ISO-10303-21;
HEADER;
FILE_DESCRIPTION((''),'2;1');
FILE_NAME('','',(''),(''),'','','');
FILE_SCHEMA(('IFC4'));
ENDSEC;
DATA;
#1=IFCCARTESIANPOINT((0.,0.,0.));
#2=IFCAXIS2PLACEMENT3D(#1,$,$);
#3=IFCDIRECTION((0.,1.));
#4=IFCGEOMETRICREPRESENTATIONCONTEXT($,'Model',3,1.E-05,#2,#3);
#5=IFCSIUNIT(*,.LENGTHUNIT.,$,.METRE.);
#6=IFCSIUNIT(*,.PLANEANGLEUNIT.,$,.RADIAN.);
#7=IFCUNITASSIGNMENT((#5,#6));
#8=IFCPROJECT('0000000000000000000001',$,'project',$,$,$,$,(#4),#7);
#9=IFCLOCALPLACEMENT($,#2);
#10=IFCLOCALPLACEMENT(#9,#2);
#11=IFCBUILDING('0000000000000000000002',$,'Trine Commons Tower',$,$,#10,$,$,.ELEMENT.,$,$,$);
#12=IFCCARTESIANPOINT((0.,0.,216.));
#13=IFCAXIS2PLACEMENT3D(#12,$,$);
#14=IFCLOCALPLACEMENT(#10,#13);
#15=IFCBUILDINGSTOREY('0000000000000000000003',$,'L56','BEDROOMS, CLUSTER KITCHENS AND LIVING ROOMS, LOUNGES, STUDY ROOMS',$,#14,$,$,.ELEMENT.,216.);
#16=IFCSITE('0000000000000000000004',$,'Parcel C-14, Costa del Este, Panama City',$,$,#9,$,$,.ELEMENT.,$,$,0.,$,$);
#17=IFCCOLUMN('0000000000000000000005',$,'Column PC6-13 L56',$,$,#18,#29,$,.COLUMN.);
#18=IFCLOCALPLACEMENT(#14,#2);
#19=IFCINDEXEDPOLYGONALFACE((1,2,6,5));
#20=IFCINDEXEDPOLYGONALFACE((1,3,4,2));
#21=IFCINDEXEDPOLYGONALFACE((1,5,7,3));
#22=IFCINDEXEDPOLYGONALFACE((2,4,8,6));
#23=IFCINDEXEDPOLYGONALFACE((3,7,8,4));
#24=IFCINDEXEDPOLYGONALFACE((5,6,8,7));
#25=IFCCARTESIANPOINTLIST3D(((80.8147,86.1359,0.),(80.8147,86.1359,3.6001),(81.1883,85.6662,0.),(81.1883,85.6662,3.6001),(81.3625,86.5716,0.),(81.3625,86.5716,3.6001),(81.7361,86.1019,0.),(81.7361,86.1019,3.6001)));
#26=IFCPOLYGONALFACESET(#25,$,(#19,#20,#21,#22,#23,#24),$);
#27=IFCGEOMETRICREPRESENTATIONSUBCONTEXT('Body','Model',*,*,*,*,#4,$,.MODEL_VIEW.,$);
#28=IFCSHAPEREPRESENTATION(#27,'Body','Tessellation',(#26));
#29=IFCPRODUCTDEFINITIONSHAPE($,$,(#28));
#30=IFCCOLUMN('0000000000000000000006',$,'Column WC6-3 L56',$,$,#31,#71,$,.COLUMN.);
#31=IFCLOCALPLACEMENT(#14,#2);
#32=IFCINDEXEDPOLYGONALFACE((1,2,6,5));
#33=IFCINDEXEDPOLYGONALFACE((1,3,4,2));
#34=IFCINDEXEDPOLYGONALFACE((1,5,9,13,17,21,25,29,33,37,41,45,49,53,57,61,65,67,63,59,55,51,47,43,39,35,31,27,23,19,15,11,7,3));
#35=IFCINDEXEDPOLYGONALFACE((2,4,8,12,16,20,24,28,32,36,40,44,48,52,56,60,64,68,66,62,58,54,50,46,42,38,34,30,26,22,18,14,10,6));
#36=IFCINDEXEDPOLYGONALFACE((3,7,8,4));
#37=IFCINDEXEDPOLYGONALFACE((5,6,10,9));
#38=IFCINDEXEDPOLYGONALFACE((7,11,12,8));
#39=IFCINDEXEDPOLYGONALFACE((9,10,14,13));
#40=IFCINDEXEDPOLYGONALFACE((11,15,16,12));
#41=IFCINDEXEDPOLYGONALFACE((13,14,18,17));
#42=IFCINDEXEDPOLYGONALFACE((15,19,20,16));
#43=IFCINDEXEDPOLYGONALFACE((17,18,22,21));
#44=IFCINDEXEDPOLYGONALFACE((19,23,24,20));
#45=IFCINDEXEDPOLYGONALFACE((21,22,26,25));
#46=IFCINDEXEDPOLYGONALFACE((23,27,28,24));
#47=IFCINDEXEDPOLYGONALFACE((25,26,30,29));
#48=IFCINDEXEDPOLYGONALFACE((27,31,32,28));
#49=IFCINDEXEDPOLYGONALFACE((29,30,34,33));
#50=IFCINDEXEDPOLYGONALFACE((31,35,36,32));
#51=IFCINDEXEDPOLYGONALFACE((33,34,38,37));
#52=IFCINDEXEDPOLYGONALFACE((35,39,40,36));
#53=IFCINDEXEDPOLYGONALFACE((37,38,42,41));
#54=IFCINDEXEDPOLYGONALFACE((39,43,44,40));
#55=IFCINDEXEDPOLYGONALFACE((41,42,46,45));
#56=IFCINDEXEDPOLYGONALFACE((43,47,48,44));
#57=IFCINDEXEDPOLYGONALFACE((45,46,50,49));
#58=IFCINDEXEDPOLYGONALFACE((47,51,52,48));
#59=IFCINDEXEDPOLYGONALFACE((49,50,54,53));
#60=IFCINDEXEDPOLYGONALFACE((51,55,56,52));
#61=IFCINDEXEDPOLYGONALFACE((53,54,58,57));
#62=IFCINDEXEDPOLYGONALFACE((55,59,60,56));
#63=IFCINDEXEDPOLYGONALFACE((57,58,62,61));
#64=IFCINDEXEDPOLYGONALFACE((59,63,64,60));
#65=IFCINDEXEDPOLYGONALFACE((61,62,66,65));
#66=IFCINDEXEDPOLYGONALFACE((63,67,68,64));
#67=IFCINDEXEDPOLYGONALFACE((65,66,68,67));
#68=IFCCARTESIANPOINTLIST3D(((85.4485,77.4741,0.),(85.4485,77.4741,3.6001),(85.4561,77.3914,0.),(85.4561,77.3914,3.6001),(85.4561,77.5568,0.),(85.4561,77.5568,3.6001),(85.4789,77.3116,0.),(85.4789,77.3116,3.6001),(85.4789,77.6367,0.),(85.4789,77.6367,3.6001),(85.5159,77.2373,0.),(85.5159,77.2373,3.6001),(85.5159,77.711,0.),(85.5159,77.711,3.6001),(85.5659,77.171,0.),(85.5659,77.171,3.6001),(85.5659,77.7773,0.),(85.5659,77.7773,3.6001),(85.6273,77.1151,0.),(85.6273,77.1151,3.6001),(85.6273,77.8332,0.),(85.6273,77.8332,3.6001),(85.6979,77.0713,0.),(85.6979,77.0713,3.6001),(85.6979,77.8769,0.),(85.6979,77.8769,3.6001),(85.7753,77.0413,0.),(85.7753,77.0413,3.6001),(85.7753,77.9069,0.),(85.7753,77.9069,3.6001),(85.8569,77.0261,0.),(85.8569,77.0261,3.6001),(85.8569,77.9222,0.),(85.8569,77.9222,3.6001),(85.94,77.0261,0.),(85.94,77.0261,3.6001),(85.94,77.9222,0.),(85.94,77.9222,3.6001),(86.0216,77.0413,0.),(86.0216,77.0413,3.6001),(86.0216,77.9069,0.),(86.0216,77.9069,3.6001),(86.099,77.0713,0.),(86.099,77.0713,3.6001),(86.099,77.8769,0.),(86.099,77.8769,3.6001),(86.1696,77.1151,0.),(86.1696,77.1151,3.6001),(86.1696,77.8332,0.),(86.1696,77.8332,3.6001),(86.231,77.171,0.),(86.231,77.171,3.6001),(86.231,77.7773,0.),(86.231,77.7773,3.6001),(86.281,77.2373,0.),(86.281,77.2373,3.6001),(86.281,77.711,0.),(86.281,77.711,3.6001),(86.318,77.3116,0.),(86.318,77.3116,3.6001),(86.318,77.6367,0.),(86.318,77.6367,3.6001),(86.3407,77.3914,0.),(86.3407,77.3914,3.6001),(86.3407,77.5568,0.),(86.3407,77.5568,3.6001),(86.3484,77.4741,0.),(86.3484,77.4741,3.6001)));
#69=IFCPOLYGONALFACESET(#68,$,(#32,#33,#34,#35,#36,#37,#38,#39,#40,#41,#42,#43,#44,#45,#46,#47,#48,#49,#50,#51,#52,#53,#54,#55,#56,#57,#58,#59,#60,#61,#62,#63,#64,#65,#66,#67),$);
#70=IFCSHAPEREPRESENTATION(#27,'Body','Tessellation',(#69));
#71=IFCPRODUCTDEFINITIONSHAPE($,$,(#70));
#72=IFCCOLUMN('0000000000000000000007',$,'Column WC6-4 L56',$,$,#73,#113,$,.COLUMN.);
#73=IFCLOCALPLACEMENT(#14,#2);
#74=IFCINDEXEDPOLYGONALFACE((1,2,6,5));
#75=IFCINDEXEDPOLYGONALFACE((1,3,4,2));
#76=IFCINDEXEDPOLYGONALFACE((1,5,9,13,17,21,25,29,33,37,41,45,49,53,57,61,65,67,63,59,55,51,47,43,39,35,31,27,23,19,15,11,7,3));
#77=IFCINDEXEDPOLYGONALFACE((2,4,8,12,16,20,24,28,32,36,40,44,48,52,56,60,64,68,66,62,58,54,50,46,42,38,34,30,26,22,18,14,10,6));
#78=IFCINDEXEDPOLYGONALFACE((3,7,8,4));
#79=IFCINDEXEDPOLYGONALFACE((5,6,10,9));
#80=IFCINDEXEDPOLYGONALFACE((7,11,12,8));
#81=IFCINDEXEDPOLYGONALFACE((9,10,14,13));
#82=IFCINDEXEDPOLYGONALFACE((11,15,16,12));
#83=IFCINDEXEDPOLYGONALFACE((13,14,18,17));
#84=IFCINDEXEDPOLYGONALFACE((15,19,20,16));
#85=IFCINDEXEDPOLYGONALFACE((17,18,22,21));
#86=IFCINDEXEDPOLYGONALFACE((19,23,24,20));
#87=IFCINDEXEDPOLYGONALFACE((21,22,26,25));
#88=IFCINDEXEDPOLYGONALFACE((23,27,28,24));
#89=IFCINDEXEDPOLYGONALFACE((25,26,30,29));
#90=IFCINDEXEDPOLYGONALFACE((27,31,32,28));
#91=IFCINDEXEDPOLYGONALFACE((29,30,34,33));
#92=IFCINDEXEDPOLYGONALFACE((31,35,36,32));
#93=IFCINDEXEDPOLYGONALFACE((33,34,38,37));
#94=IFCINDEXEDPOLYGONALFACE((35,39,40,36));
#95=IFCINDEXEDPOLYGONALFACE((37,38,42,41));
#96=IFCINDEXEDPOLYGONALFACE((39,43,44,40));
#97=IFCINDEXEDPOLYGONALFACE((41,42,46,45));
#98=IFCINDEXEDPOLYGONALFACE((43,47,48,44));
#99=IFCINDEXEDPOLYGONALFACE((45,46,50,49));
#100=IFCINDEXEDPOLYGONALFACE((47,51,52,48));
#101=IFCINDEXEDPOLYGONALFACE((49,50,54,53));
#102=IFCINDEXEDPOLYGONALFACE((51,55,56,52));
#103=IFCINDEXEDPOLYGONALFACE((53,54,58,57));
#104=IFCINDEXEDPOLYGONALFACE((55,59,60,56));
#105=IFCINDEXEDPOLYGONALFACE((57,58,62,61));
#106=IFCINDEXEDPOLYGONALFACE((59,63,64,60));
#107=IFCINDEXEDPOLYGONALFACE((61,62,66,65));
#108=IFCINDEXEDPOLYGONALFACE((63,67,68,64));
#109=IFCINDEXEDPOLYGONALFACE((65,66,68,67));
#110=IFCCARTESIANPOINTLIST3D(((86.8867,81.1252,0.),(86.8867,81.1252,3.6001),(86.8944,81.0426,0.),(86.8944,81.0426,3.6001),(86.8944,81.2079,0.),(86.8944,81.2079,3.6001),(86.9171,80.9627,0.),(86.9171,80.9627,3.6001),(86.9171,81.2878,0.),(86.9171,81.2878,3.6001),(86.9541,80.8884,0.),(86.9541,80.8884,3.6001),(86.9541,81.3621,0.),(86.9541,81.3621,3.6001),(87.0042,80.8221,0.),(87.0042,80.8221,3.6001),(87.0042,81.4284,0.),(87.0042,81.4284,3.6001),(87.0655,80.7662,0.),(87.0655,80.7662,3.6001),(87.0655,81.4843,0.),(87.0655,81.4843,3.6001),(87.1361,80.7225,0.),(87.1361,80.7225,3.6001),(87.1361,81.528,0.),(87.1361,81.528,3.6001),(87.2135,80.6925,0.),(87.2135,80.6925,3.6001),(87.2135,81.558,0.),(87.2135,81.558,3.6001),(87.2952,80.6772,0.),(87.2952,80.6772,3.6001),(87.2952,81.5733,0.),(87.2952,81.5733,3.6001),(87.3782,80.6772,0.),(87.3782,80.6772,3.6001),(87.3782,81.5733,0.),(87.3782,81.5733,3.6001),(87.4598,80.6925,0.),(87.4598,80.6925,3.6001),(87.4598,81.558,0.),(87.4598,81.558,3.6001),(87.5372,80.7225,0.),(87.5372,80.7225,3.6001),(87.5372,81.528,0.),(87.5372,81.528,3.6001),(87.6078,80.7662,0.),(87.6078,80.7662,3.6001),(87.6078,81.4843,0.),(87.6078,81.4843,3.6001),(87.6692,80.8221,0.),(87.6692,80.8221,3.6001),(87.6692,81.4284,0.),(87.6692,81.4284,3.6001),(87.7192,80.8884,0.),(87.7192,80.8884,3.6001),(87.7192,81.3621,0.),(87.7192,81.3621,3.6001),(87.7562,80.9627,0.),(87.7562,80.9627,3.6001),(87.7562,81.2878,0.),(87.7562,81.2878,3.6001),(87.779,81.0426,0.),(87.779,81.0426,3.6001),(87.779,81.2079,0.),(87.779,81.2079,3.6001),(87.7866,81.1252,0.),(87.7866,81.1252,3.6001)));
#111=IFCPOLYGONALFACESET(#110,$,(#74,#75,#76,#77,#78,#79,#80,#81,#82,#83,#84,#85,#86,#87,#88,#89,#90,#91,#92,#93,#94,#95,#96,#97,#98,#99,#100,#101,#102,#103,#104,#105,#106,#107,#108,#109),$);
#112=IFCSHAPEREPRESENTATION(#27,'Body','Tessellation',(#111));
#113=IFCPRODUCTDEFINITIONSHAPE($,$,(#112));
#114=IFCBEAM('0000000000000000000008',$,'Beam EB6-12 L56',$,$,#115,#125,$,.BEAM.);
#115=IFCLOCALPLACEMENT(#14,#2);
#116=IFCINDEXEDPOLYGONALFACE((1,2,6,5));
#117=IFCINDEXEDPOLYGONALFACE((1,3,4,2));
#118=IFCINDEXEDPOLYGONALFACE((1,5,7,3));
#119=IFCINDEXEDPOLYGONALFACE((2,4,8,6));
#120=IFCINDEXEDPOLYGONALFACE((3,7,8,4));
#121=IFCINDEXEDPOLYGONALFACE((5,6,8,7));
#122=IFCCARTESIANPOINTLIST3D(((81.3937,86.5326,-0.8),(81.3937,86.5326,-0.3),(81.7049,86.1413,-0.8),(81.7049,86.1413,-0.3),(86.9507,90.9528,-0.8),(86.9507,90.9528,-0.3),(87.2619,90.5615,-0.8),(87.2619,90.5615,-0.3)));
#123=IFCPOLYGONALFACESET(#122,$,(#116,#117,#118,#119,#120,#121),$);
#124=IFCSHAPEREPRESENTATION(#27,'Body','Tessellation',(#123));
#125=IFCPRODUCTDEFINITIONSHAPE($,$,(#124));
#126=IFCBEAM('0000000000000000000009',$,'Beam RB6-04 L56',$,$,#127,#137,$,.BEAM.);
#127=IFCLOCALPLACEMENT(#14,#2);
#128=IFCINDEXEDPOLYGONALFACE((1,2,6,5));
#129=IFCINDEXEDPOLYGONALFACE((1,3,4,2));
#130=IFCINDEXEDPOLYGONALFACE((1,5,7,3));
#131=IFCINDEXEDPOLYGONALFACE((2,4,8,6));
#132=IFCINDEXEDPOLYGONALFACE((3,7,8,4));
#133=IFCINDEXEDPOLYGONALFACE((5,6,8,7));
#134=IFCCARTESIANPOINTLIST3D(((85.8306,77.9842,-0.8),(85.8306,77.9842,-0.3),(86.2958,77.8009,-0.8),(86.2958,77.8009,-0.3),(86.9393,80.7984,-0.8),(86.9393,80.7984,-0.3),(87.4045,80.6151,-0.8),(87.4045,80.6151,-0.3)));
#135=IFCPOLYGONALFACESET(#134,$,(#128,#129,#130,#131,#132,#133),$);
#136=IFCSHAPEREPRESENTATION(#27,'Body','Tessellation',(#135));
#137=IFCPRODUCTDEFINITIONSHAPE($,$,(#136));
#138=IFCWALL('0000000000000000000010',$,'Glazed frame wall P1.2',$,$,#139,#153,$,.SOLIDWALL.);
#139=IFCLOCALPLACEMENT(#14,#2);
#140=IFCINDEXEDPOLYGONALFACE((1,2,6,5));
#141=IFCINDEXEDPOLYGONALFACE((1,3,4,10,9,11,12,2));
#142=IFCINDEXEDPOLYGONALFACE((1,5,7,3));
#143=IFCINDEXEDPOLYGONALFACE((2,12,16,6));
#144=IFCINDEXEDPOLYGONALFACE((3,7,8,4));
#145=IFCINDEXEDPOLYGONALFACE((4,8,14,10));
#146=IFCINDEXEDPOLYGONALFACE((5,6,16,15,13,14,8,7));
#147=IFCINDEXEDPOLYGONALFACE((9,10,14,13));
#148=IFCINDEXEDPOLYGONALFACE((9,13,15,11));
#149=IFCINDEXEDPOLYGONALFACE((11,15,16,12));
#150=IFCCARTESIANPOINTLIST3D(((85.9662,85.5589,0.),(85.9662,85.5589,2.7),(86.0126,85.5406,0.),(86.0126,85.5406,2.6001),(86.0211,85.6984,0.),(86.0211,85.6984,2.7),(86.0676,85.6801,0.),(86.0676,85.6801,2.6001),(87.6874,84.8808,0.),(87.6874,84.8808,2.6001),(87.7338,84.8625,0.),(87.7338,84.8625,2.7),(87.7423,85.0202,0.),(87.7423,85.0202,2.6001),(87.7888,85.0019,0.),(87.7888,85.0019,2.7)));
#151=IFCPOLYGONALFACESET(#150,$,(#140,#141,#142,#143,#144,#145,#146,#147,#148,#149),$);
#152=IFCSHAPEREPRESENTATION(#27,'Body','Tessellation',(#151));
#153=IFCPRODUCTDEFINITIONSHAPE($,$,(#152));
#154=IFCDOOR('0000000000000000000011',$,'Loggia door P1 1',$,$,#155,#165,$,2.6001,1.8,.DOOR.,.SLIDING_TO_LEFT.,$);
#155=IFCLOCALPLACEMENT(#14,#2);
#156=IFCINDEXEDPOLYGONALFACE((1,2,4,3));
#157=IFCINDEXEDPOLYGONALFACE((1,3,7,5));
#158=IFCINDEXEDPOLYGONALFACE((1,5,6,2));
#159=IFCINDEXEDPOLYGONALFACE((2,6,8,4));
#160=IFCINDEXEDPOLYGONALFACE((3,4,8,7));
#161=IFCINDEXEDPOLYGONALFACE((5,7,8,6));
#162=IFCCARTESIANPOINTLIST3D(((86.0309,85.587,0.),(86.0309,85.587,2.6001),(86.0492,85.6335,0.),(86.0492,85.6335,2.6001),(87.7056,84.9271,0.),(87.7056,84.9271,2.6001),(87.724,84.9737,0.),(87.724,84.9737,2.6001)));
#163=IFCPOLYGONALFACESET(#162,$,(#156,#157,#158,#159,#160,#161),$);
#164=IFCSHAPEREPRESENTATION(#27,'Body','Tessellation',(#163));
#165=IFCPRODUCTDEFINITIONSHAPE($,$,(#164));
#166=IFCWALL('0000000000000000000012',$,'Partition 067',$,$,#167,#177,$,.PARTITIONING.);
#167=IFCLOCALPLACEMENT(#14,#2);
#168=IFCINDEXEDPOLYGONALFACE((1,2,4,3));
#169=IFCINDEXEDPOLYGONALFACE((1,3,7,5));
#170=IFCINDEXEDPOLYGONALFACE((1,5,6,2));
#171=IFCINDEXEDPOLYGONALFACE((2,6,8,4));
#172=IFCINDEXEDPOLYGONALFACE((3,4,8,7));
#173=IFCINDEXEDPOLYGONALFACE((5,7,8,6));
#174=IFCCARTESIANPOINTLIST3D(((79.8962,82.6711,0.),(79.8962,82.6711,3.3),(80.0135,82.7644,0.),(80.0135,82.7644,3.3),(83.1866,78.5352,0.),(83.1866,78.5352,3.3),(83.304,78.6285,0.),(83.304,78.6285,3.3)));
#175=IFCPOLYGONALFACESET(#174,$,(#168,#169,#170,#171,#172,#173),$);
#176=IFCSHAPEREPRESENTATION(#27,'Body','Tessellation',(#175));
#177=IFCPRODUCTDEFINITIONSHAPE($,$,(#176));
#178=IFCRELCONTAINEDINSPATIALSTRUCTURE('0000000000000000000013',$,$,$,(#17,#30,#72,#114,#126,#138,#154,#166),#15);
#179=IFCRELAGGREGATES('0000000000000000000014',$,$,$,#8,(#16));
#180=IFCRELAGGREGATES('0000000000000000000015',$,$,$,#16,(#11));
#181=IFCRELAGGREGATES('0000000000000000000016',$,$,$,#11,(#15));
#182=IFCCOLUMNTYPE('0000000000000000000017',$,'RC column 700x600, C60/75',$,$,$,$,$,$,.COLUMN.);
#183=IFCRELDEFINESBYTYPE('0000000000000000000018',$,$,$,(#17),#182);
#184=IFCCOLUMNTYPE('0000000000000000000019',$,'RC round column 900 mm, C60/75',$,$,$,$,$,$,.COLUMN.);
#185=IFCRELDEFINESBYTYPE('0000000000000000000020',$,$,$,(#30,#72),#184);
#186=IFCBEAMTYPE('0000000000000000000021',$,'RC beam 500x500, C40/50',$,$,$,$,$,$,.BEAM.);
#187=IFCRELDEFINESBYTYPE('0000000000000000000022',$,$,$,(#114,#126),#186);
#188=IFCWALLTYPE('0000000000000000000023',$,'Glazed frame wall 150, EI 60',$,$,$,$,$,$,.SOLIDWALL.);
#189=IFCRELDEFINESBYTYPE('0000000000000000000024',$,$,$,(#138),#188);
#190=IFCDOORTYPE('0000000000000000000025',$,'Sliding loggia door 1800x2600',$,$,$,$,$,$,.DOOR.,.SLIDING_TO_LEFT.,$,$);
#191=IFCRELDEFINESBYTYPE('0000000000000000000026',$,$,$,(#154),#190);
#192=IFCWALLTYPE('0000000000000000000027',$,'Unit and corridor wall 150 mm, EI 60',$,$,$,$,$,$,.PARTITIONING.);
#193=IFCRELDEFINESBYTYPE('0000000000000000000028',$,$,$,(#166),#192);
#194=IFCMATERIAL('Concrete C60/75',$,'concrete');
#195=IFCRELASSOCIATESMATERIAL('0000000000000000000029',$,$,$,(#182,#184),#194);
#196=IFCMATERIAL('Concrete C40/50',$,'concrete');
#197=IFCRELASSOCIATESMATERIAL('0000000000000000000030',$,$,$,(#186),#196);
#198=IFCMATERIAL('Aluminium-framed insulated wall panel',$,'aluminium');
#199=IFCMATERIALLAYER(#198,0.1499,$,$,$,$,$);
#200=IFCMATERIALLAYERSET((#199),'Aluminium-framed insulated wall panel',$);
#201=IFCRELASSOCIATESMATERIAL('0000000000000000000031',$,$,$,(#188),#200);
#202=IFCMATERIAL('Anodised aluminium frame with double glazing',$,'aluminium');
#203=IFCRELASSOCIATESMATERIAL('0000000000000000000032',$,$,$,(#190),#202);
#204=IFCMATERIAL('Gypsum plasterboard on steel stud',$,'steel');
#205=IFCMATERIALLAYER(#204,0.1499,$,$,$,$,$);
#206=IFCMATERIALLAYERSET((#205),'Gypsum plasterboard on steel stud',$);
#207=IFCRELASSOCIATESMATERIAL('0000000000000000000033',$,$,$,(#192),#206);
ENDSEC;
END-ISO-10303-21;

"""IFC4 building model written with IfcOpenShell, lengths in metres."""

from ifc_helpers import new_model, si_unit, direction, frame, frame_2d, origin, origin_2d, place, context, subcontext, project, spatial, polyline, rectangle, circle, outline, extrude, material, layer, layer_set, material_profile, profile_set, type_object, element, fill, save


model = new_model("IFC4")

# Units and contexts
model_context = context("Model", 3, precision=1e-05, world=origin(), true_north=direction((0.0, 1.0)))
body_context = subcontext(model_context, "Body", "Model", "MODEL_VIEW")
ifc_project = project(units=[si_unit("LENGTHUNIT", "METRE"), si_unit("PLANEANGLEUNIT", "RADIAN")], contexts=[model_context])

# Site, building, storey
site_placement = place(None, origin())
site = spatial("IfcSite", under=ifc_project, at=site_placement, Name="Parcel C-14, Costa del Este, Panama City", CompositionType="ELEMENT", RefElevation=0.0)
building_placement = place(site_placement, origin())
building = spatial("IfcBuilding", under=site, at=building_placement, Name="Trine Commons Tower", CompositionType="ELEMENT")
storey_placement = place(building_placement, frame((0.0, 0.0, 216.0)))
storey = spatial("IfcBuildingStorey", under=building, at=storey_placement, Name="L56", Description="BEDROOMS, CLUSTER KITCHENS AND LIVING ROOMS, LOUNGES, STUDY ROOMS", CompositionType="ELEMENT", Elevation=216.0)

# Columns
ifc_material_1 = material(Name="Concrete C60/75", Category="concrete")
ifc_material_profile_1 = material_profile(ifc_material_1, rectangle(XDim=0.7, YDim=0.6001, at=origin_2d()), Name="RC 700x600")
ifc_profile_set_1 = profile_set([ifc_material_profile_1], Name="Concrete C60/75")
column_type_1 = type_object("IfcColumnType", Name="RC column 700x600, C60/75", PredefinedType="COLUMN", material=ifc_profile_set_1)
column_placement = place(storey_placement, frame((81.2754, 86.1189, 0.0), z_axis=(0.0, 0.0, 1.0), x_axis=(0.782608, 0.622515, 0.0)))
element("IfcColumn", 1, at=column_placement, inside=storey, type_object=column_type_1, Name="Column PC6-13 L56", PredefinedType="COLUMN", context=body_context, shape_type="SweptSolid", body=[
    extrude(rectangle(XDim=0.7, YDim=0.6001, at=origin_2d()), origin(), (0.0, 0.0, 1.0), 3.6001),
])
ifc_material_profile_2 = material_profile(ifc_material_1, circle(Radius=0.45, at=origin_2d()), Name="RC round 900")
ifc_profile_set_2 = profile_set([ifc_material_profile_2], Name="Concrete C60/75")
column_type_2 = type_object("IfcColumnType", Name="RC round column 900 mm, C60/75", PredefinedType="COLUMN", material=ifc_profile_set_2)
for number, where, z_axis, x_axis, name in (
    (2, (85.8984, 77.4741, 0.0), (0.0, 0.0, 1.0), (1.0, 0.0, 0.0), "Column WC6-3 L56"),
    (3, (87.3367, 81.1252, 0.0), (0.0, 0.0, 1.0), (1.0, 0.0, 0.0), "Column WC6-4 L56"),
):
    element("IfcColumn", number, at=place(storey_placement, frame(where, z_axis=z_axis, x_axis=x_axis)), inside=storey, type_object=column_type_2, Name=name, PredefinedType="COLUMN", context=body_context, shape_type="SweptSolid", body=[
        extrude(circle(Radius=0.45, at=origin_2d()), origin(), (0.0, 0.0, 1.0), 3.6001),
    ])

# Beams
ifc_material_2 = material(Name="Concrete C40/50", Category="concrete")
ifc_material_profile_3 = material_profile(ifc_material_2, rectangle(XDim=0.5, YDim=0.5, at=origin_2d()), Name="RC 500x500")
ifc_profile_set_3 = profile_set([ifc_material_profile_3], Name="Concrete C40/50")
beam_type = type_object("IfcBeamType", Name="RC beam 500x500, C40/50", PredefinedType="BEAM", material=ifc_profile_set_3)
beam_1_placement = place(storey_placement, frame((81.5493, 86.3369, -0.55), z_axis=(0.782607, 0.622516, 0.0), x_axis=(-0.622516, 0.782607, 0.0)))
element("IfcBeam", 4, at=beam_1_placement, inside=storey, type_object=beam_type, Name="Beam EB6-12 L56", PredefinedType="BEAM", context=body_context, shape_type="SweptSolid", body=[
    extrude(rectangle(XDim=0.5, YDim=0.5, at=origin_2d()), origin(), (0.0, 0.0, 1.0), 7.1006),
])
beam_2_placement = place(storey_placement, frame((86.0632, 77.8926, -0.55), z_axis=(0.366529, 0.930407, 0.0), x_axis=(-0.930407, 0.366529, 0.0)))
element("IfcBeam", 5, at=beam_2_placement, inside=storey, type_object=beam_type, Name="Beam RB6-04 L56", PredefinedType="BEAM", context=body_context, shape_type="SweptSolid", body=[
    extrude(rectangle(XDim=0.5, YDim=0.5, at=origin_2d()), origin(), (0.0, 0.0, 1.0), 3.0247),
])

# Shared definitions
ifc_material_3 = material(Name="Aluminium-framed insulated wall panel", Category="aluminium")
ifc_layer_1 = layer(ifc_material_3, 0.1499)
ifc_layer_set_1 = layer_set([ifc_layer_1], Name="Aluminium-framed insulated wall panel")
wall_type_1 = type_object("IfcWallType", Name="Glazed frame wall 150, EI 60", PredefinedType="SOLIDWALL", material=ifc_layer_set_1)

# Wall, opening, door
wall_1_placement = place(storey_placement, frame((85.9937, 85.6287, 0.0), z_axis=(0.0, 0.0, 1.0), x_axis=(0.930387, -0.366578, 0.0)))
wall_1 = element("IfcWall", 6, at=wall_1_placement, inside=storey, type_object=wall_type_1, Name="Glazed frame wall P1.2", PredefinedType="SOLIDWALL", context=body_context, shape_type="SweptSolid", body=[
    extrude(outline(polyline([(0.0, -0.075), (1.8999, -0.075), (1.8999, 0.075), (0.0, 0.075), (0.0, -0.075)])), origin(), (0.0, 0.0, 1.0), 2.7),
])
opening_1_placement = place(wall_1_placement, frame((0.05, 0.0, 0.0)))
opening_1 = element("IfcOpeningElement", 7, at=opening_1_placement, cuts=wall_1, PredefinedType="OPENING", context=body_context, shape_type="SweptSolid", body=[
    extrude(rectangle(XDim=1.8, YDim=2.6001, at=frame_2d((0.8999, 1.3))), frame((0.0, 0.085, 0.0), z_axis=(0.0, -1.0, 0.0), x_axis=(1.0, 0.0, 0.0)), (0.0, 0.0, 1.0), 0.1699),
])
ifc_material_4 = material(Name="Anodised aluminium frame with double glazing", Category="aluminium")
door_type_1 = type_object("IfcDoorType", Name="Sliding loggia door 1800x2600", OperationType="SLIDING_TO_LEFT", PredefinedType="DOOR", material=ifc_material_4)
door_1_placement = place(opening_1_placement, origin())
door_1 = element("IfcDoor", 8, at=door_1_placement, inside=storey, type_object=door_type_1, Name="Loggia door P1 1", OperationType="SLIDING_TO_LEFT", OverallHeight=2.6001, OverallWidth=1.8, PredefinedType="DOOR", context=body_context, shape_type="SweptSolid", body=[
    extrude(rectangle(XDim=1.8, YDim=2.6001, at=frame_2d((0.8999, 1.3))), frame((0.0, 0.0249, 0.0), z_axis=(0.0, -1.0, 0.0), x_axis=(1.0, 0.0, 0.0)), (0.0, 0.0, 1.0), 0.05),
])
fill(opening_1, door_1)

# Wall
ifc_material_5 = material(Name="Gypsum plasterboard on steel stud", Category="steel")
ifc_layer_2 = layer(ifc_material_5, 0.1499)
ifc_layer_set_2 = layer_set([ifc_layer_2], Name="Gypsum plasterboard on steel stud")
wall_type_2 = type_object("IfcWallType", Name="Unit and corridor wall 150 mm, EI 60", PredefinedType="PARTITIONING", material=ifc_layer_set_2)
wall_2_placement = place(storey_placement, frame((79.9548, 82.7178, 0.0), z_axis=(0.0, 0.0, 1.0), x_axis=(0.622586, -0.782551, 0.0)))
element("IfcWall", 9, at=wall_2_placement, inside=storey, type_object=wall_type_2, Name="Partition 067", PredefinedType="PARTITIONING", context=body_context, shape_type="SweptSolid", body=[
    extrude(rectangle(XDim=5.2852, YDim=0.1499, at=frame_2d((2.6426, 0.0))), origin(), (0.0, 0.0, 1.0), 3.3),
])

save(model, "model.ifc")
